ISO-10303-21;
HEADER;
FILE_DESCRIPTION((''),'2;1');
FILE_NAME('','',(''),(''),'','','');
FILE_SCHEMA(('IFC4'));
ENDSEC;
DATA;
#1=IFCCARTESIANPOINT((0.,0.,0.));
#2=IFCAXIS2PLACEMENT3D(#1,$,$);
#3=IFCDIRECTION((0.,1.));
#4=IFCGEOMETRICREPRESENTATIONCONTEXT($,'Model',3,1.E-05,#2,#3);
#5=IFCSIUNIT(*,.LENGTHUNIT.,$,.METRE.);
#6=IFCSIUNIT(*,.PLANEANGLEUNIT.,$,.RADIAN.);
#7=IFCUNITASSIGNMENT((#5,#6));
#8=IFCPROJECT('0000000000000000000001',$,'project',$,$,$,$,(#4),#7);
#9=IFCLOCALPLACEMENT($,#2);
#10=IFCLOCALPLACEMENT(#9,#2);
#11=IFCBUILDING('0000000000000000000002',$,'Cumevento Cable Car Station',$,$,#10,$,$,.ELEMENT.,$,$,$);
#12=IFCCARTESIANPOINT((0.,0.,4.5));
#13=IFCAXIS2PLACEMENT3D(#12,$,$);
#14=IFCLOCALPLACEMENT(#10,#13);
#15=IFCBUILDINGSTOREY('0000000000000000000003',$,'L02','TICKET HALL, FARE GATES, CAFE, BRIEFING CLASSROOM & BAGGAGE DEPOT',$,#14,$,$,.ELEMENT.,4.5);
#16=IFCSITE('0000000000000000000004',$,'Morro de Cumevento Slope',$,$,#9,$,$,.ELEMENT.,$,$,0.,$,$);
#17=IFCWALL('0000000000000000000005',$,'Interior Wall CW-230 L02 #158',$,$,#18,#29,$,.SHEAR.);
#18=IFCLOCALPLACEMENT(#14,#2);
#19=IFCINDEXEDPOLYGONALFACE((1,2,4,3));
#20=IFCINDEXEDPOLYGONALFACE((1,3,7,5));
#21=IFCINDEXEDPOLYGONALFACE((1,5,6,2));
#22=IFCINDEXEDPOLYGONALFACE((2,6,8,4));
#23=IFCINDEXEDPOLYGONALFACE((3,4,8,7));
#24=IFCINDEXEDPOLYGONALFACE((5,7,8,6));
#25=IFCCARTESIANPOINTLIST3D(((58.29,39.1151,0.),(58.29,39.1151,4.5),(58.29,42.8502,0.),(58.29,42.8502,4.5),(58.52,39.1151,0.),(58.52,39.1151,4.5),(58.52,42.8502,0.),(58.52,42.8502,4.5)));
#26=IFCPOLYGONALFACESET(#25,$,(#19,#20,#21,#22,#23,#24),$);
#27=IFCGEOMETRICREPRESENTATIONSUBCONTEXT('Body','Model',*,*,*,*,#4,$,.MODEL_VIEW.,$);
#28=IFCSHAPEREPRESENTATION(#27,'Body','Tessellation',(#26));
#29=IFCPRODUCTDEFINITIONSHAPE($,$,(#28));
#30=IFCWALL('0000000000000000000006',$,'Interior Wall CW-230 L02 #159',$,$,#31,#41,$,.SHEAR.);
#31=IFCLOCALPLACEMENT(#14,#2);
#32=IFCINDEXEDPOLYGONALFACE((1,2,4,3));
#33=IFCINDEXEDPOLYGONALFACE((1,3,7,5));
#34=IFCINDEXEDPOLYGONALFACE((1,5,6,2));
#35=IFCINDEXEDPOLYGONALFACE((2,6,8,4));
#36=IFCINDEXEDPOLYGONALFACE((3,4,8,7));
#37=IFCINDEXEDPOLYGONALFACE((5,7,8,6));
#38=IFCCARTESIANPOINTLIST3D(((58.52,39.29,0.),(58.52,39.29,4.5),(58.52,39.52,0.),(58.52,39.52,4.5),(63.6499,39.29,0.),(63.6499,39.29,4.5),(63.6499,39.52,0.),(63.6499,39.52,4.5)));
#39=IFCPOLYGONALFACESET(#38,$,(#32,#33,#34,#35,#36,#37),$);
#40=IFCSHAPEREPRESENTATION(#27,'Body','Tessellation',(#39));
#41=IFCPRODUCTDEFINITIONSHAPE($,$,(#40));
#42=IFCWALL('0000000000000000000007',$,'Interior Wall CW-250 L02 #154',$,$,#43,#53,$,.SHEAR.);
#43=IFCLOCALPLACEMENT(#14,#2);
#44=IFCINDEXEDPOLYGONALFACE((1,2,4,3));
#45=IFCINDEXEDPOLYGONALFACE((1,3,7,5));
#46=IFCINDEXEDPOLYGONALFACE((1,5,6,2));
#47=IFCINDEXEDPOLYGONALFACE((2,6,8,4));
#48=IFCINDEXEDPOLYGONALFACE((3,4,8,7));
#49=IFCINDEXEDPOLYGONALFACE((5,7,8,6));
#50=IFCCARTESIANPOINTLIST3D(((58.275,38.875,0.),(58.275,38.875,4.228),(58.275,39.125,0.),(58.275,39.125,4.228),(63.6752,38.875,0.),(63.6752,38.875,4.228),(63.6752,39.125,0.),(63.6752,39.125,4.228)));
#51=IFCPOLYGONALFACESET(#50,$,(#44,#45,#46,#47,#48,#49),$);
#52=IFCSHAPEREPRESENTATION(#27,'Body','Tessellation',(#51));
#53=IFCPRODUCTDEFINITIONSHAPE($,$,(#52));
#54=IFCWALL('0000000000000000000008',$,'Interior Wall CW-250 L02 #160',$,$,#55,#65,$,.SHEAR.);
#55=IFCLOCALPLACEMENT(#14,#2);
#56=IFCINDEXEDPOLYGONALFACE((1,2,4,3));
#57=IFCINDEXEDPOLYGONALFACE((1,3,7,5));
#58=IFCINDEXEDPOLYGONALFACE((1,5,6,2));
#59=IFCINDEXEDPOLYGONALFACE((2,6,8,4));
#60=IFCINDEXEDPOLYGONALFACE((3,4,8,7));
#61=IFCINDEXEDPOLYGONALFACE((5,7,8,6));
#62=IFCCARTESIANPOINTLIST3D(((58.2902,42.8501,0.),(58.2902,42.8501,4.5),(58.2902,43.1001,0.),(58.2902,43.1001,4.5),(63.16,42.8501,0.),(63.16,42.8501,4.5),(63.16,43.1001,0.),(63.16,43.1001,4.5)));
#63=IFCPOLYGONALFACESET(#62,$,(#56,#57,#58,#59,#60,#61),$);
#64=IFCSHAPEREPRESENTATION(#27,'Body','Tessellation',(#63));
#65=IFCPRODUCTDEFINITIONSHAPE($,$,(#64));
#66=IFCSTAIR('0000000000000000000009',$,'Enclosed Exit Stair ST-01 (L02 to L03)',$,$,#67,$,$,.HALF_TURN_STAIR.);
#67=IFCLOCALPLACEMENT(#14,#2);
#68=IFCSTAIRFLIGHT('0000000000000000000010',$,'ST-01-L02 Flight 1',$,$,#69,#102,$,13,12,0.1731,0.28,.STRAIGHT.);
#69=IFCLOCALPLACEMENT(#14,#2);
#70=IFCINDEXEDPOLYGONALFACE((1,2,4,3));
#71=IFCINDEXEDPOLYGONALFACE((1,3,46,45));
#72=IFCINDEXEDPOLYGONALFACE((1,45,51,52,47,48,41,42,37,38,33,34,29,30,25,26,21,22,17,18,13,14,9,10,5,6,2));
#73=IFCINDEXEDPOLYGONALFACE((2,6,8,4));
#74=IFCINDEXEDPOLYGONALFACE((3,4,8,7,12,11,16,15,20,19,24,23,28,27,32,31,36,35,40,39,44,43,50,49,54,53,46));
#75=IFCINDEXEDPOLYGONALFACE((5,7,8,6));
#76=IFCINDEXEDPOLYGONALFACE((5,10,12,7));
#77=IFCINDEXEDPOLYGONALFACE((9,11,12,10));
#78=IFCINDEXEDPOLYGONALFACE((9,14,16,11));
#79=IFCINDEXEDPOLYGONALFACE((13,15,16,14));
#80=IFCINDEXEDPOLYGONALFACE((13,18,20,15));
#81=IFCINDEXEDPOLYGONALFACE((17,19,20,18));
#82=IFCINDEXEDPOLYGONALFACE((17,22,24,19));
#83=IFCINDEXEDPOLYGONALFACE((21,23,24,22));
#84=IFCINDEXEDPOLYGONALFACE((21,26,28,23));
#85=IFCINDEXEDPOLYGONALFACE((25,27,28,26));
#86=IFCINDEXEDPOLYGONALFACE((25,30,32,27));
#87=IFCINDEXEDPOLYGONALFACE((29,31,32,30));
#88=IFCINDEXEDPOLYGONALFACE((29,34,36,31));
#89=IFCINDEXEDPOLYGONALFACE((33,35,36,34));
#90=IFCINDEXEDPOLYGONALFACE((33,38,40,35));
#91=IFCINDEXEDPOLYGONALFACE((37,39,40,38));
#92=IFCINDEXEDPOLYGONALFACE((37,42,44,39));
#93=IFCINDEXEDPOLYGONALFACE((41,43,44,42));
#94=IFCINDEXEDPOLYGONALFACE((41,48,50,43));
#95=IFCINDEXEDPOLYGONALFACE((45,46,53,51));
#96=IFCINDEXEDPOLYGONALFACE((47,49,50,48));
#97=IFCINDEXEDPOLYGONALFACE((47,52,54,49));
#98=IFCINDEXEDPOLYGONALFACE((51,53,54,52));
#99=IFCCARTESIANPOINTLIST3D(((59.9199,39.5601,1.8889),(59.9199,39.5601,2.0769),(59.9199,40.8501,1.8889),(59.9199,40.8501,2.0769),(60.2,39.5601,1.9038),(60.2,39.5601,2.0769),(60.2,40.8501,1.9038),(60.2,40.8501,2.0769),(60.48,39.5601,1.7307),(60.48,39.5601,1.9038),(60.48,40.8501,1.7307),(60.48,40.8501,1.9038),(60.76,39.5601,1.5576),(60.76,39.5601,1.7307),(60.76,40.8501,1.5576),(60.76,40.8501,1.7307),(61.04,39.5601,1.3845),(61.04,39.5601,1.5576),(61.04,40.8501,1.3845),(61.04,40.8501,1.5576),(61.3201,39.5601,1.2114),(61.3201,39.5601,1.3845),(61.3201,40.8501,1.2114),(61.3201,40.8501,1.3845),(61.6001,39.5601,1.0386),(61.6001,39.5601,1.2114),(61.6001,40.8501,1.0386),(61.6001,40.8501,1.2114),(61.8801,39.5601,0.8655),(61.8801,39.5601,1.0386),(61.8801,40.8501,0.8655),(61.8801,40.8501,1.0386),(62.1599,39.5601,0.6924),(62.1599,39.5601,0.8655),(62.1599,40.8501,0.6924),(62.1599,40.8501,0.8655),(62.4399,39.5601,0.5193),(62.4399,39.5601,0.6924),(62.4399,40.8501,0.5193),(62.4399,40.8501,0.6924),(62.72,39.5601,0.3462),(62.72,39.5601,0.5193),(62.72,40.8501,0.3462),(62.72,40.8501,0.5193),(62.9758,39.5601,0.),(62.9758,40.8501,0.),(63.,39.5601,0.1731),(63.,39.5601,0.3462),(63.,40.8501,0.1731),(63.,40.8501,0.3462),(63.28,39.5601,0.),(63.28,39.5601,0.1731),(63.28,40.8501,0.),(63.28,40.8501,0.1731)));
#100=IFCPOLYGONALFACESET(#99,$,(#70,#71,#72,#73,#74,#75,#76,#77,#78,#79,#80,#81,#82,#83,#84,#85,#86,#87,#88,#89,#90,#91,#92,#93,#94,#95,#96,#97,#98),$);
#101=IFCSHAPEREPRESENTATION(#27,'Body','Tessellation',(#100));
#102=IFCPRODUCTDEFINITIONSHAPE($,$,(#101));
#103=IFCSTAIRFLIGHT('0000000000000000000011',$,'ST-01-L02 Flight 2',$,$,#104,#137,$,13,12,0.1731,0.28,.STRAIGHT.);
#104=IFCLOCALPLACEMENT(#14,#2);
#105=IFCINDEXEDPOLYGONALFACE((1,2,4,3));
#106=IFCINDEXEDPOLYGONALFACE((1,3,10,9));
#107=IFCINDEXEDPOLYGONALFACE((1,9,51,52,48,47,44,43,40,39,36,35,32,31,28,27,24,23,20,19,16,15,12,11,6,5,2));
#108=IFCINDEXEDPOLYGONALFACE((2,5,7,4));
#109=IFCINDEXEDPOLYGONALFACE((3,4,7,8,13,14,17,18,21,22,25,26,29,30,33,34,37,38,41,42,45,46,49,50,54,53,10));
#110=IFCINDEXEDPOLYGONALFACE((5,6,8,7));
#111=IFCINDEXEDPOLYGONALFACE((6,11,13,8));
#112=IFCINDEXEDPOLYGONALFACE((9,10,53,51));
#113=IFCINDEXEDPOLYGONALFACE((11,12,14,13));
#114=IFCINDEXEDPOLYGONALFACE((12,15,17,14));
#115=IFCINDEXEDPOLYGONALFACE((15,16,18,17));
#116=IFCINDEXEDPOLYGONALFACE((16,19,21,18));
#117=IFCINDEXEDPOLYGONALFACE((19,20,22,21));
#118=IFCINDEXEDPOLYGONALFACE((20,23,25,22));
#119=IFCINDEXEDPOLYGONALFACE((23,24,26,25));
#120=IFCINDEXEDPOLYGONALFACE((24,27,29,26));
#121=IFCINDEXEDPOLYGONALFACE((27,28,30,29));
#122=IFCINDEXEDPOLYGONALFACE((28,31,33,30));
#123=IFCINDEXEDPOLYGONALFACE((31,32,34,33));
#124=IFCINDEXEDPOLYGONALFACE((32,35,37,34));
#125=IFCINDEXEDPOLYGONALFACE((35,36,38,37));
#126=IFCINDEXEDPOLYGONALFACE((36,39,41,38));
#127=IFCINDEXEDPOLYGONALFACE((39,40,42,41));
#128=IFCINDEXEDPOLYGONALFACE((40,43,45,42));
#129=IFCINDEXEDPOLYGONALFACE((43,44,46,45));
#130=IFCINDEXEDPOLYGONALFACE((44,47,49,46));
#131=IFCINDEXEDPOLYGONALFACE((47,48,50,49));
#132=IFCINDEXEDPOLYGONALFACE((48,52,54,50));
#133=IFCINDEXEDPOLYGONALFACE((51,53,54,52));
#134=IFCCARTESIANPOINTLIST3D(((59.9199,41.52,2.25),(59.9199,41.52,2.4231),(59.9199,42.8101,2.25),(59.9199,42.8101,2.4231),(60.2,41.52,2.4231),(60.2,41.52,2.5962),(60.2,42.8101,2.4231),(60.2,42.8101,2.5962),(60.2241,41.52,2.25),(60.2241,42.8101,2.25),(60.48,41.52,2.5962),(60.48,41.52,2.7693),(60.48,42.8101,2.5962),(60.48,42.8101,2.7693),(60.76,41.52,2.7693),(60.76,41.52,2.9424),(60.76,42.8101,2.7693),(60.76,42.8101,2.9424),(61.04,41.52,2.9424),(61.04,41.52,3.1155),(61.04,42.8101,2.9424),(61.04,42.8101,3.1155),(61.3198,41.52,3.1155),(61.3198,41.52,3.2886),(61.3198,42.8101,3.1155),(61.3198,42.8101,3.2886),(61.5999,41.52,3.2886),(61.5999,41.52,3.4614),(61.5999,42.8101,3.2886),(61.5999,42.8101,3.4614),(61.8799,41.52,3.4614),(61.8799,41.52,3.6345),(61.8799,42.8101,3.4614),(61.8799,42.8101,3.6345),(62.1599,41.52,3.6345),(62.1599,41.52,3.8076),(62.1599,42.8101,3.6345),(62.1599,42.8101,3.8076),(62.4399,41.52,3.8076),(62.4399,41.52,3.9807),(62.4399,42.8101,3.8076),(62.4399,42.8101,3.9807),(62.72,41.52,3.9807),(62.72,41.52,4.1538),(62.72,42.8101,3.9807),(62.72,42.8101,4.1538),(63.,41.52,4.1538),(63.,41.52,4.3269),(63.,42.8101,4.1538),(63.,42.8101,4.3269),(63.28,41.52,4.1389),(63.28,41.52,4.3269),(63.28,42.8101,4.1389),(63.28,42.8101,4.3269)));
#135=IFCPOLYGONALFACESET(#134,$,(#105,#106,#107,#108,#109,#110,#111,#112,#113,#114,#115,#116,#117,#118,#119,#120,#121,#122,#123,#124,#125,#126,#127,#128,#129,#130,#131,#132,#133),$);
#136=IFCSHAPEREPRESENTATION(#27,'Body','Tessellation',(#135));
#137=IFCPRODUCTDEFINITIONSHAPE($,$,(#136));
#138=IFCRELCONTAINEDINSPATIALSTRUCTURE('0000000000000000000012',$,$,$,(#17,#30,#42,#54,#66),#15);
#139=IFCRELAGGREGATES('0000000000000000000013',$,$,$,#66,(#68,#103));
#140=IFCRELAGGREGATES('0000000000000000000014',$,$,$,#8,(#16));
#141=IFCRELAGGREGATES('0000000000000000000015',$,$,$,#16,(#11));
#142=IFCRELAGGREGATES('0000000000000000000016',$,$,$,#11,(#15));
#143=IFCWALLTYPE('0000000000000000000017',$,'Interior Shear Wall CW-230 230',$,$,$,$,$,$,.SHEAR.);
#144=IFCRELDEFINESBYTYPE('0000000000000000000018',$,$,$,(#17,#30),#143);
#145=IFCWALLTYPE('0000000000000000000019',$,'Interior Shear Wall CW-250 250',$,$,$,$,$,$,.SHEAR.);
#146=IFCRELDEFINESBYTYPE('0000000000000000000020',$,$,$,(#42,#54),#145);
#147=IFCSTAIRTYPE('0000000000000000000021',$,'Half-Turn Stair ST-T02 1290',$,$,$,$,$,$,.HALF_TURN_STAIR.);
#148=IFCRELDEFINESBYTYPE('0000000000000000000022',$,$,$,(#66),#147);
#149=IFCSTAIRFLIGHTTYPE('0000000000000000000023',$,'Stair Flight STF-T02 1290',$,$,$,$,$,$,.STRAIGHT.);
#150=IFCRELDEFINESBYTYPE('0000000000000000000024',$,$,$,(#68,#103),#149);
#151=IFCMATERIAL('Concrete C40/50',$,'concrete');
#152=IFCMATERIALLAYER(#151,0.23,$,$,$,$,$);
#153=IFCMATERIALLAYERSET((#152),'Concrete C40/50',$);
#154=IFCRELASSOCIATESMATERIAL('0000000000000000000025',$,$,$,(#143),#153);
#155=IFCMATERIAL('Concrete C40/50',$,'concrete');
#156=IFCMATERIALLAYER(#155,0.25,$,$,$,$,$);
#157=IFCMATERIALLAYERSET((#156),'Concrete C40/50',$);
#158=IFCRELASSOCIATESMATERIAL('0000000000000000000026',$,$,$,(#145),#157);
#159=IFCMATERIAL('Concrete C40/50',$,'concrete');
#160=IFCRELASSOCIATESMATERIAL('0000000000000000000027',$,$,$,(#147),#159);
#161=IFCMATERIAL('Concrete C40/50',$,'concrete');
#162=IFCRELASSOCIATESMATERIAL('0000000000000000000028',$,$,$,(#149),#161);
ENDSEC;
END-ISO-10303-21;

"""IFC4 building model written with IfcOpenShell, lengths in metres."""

from ifc_helpers import new_model, si_unit, direction, frame, frame_2d, origin, place, context, subcontext, project, spatial, polyline, rectangle, outline, extrude, material, layer, layer_set, type_object, element, aggregate, save


model = new_model("IFC4")

# Units and contexts
model_context = context("Model", 3, precision=1e-05, world=origin(), true_north=direction((0.0, 1.0)))
body_context = subcontext(model_context, "Body", "Model", "MODEL_VIEW")
ifc_project = project(units=[si_unit("LENGTHUNIT", "METRE"), si_unit("PLANEANGLEUNIT", "RADIAN")], contexts=[model_context])

# Site, building, storey
site_placement = place(None, origin())
site = spatial("IfcSite", under=ifc_project, at=site_placement, Name="Morro de Cumevento Slope", CompositionType="ELEMENT", RefElevation=0.0)
building_placement = place(site_placement, origin())
building = spatial("IfcBuilding", under=site, at=building_placement, Name="Cumevento Cable Car Station", CompositionType="ELEMENT")
storey_placement = place(building_placement, frame((0.0, 0.0, 4.5)))
storey = spatial("IfcBuildingStorey", under=building, at=storey_placement, Name="L02", Description="TICKET HALL, FARE GATES, CAFE, BRIEFING CLASSROOM & BAGGAGE DEPOT", CompositionType="ELEMENT", Elevation=4.5)

# Walls
ifc_material_1 = material(Name="Concrete C40/50", Category="concrete")
ifc_layer_1 = layer(ifc_material_1, 0.23)
ifc_layer_set_1 = layer_set([ifc_layer_1], Name="Concrete C40/50")
wall_type_1 = type_object("IfcWallType", Name="Interior Shear Wall CW-230 230", PredefinedType="SHEAR", material=ifc_layer_set_1)
wall_1_placement = place(storey_placement, frame((58.405, 39.115, 0.0), z_axis=(0.0, 0.0, 1.0), x_axis=(0.0, 1.0, 0.0)))
element("IfcWall", 1, at=wall_1_placement, inside=storey, type_object=wall_type_1, Name="Interior Wall CW-230 L02 #158", PredefinedType="SHEAR", context=body_context, shape_type="SweptSolid", body=[
    extrude(rectangle(XDim=3.7351, YDim=0.23, at=frame_2d((1.8677, 0.0))), origin(), (0.0, 0.0, 1.0), 4.5),
])
wall_2_placement = place(storey_placement, frame((58.52, 39.405, 0.0), z_axis=(0.0, 0.0, 1.0), x_axis=(1.0, 0.0, 0.0)))
element("IfcWall", 2, at=wall_2_placement, inside=storey, type_object=wall_type_1, Name="Interior Wall CW-230 L02 #159", PredefinedType="SHEAR", context=body_context, shape_type="SweptSolid", body=[
    extrude(rectangle(XDim=5.1299, YDim=0.23, at=frame_2d((2.5649, 0.0))), origin(), (0.0, 0.0, 1.0), 4.5),
])
ifc_material_2 = material(Name="Concrete C40/50", Category="concrete")
ifc_layer_2 = layer(ifc_material_2, 0.25)
ifc_layer_set_2 = layer_set([ifc_layer_2], Name="Concrete C40/50")
wall_type_2 = type_object("IfcWallType", Name="Interior Shear Wall CW-250 250", PredefinedType="SHEAR", material=ifc_layer_set_2)
wall_3_placement = place(storey_placement, frame((58.2749, 39.0, 0.0), z_axis=(0.0, 0.0, 1.0), x_axis=(1.0, 0.0, 0.0)))
element("IfcWall", 3, at=wall_3_placement, inside=storey, type_object=wall_type_2, Name="Interior Wall CW-250 L02 #154", PredefinedType="SHEAR", context=body_context, shape_type="SweptSolid", body=[
    extrude(rectangle(XDim=5.4001, YDim=0.25, at=frame_2d((2.7002, 0.0))), origin(), (0.0, 0.0, 1.0), 4.228),
])
wall_4_placement = place(storey_placement, frame((58.29, 42.9751, 0.0), z_axis=(0.0, 0.0, 1.0), x_axis=(1.0, 0.0, 0.0)))
element("IfcWall", 4, at=wall_4_placement, inside=storey, type_object=wall_type_2, Name="Interior Wall CW-250 L02 #160", PredefinedType="SHEAR", context=body_context, shape_type="SweptSolid", body=[
    extrude(rectangle(XDim=4.8699, YDim=0.25, at=frame_2d((2.4351, 0.0))), origin(), (0.0, 0.0, 1.0), 4.5),
])

# Stair, stair flights
ifc_material_3 = material(Name="Concrete C40/50", Category="concrete")
stair_type = type_object("IfcStairType", Name="Half-Turn Stair ST-T02 1290", PredefinedType="HALF_TURN_STAIR", material=ifc_material_3)
stair_placement = place(storey_placement, origin())
stair = element("IfcStair", 5, at=stair_placement, inside=storey, type_object=stair_type, Name="Enclosed Exit Stair ST-01 (L02 to L03)", PredefinedType="HALF_TURN_STAIR")
ifc_material_4 = material(Name="Concrete C40/50", Category="concrete")
stair_flight_type = type_object("IfcStairFlightType", Name="Stair Flight STF-T02 1290", PredefinedType="STRAIGHT", material=ifc_material_4)
stair_flight_1_placement = place(storey_placement, frame((63.28, 40.2051, 0.0), z_axis=(0.0, 0.0, 1.0), x_axis=(-1.0, 0.0, 0.0)))
stair_flight_1 = element("IfcStairFlight", 6, at=stair_flight_1_placement, type_object=stair_flight_type, Name="ST-01-L02 Flight 1", NumberOfRisers=13, NumberOfTreads=12, PredefinedType="STRAIGHT", RiserHeight=0.1731, TreadLength=0.28, context=body_context, shape_type="SweptSolid", body=[
    extrude(outline(polyline([(0.0, 0.0), (0.0, 0.1731), (0.28, 0.1731), (0.28, 0.3462), (0.5601, 0.3462), (0.5601, 0.5193), (0.8401, 0.5193), (0.8401, 0.6924), (1.1201, 0.6924), (1.1201, 0.8655), (1.3999, 0.8655), (1.3999, 1.0386), (1.6799, 1.0386), (1.6799, 1.2114), (1.96, 1.2114), (1.96, 1.3845), (2.24, 1.3845), (2.24, 1.5576), (2.52, 1.5576), (2.52, 1.7307), (2.8, 1.7307), (2.8, 1.9038), (3.0801, 1.9038), (3.0801, 2.0769), (3.3601, 2.0769), (3.3601, 2.25), (3.3601, 1.8889), (0.3042, 0.0), (0.0, 0.0)])), frame((0.0, 0.645, 0.0), z_axis=(0.0, -1.0, 0.0), x_axis=(1.0, 0.0, 0.0)), (0.0, 0.0, 1.0), 1.29),
])
stair_flight_2_placement = place(storey_placement, frame((59.9199, 42.165, 2.25), z_axis=(0.0, 0.0, 1.0), x_axis=(1.0, 0.0, 0.0)))
stair_flight_2 = element("IfcStairFlight", 7, at=stair_flight_2_placement, type_object=stair_flight_type, Name="ST-01-L02 Flight 2", NumberOfRisers=13, NumberOfTreads=12, PredefinedType="STRAIGHT", RiserHeight=0.1731, TreadLength=0.28, context=body_context, shape_type="SweptSolid", body=[
    extrude(outline(polyline([(0.0, 0.0), (0.0, 0.1731), (0.28, 0.1731), (0.28, 0.3462), (0.5601, 0.3462), (0.5601, 0.5193), (0.8401, 0.5193), (0.8401, 0.6924), (1.1201, 0.6924), (1.1201, 0.8655), (1.3999, 0.8655), (1.3999, 1.0386), (1.6799, 1.0386), (1.6799, 1.2114), (1.96, 1.2114), (1.96, 1.3845), (2.24, 1.3845), (2.24, 1.5576), (2.52, 1.5576), (2.52, 1.7307), (2.8, 1.7307), (2.8, 1.9038), (3.0801, 1.9038), (3.0801, 2.0769), (3.3601, 2.0769), (3.3601, 2.25), (3.3601, 1.8889), (0.3042, 0.0), (0.0, 0.0)])), frame((0.0, 0.645, 0.0), z_axis=(0.0, -1.0, 0.0), x_axis=(1.0, 0.0, 0.0)), (0.0, 0.0, 1.0), 1.29),
])
aggregate(stair, [stair_flight_1, stair_flight_2])

save(model, "model.ifc")
